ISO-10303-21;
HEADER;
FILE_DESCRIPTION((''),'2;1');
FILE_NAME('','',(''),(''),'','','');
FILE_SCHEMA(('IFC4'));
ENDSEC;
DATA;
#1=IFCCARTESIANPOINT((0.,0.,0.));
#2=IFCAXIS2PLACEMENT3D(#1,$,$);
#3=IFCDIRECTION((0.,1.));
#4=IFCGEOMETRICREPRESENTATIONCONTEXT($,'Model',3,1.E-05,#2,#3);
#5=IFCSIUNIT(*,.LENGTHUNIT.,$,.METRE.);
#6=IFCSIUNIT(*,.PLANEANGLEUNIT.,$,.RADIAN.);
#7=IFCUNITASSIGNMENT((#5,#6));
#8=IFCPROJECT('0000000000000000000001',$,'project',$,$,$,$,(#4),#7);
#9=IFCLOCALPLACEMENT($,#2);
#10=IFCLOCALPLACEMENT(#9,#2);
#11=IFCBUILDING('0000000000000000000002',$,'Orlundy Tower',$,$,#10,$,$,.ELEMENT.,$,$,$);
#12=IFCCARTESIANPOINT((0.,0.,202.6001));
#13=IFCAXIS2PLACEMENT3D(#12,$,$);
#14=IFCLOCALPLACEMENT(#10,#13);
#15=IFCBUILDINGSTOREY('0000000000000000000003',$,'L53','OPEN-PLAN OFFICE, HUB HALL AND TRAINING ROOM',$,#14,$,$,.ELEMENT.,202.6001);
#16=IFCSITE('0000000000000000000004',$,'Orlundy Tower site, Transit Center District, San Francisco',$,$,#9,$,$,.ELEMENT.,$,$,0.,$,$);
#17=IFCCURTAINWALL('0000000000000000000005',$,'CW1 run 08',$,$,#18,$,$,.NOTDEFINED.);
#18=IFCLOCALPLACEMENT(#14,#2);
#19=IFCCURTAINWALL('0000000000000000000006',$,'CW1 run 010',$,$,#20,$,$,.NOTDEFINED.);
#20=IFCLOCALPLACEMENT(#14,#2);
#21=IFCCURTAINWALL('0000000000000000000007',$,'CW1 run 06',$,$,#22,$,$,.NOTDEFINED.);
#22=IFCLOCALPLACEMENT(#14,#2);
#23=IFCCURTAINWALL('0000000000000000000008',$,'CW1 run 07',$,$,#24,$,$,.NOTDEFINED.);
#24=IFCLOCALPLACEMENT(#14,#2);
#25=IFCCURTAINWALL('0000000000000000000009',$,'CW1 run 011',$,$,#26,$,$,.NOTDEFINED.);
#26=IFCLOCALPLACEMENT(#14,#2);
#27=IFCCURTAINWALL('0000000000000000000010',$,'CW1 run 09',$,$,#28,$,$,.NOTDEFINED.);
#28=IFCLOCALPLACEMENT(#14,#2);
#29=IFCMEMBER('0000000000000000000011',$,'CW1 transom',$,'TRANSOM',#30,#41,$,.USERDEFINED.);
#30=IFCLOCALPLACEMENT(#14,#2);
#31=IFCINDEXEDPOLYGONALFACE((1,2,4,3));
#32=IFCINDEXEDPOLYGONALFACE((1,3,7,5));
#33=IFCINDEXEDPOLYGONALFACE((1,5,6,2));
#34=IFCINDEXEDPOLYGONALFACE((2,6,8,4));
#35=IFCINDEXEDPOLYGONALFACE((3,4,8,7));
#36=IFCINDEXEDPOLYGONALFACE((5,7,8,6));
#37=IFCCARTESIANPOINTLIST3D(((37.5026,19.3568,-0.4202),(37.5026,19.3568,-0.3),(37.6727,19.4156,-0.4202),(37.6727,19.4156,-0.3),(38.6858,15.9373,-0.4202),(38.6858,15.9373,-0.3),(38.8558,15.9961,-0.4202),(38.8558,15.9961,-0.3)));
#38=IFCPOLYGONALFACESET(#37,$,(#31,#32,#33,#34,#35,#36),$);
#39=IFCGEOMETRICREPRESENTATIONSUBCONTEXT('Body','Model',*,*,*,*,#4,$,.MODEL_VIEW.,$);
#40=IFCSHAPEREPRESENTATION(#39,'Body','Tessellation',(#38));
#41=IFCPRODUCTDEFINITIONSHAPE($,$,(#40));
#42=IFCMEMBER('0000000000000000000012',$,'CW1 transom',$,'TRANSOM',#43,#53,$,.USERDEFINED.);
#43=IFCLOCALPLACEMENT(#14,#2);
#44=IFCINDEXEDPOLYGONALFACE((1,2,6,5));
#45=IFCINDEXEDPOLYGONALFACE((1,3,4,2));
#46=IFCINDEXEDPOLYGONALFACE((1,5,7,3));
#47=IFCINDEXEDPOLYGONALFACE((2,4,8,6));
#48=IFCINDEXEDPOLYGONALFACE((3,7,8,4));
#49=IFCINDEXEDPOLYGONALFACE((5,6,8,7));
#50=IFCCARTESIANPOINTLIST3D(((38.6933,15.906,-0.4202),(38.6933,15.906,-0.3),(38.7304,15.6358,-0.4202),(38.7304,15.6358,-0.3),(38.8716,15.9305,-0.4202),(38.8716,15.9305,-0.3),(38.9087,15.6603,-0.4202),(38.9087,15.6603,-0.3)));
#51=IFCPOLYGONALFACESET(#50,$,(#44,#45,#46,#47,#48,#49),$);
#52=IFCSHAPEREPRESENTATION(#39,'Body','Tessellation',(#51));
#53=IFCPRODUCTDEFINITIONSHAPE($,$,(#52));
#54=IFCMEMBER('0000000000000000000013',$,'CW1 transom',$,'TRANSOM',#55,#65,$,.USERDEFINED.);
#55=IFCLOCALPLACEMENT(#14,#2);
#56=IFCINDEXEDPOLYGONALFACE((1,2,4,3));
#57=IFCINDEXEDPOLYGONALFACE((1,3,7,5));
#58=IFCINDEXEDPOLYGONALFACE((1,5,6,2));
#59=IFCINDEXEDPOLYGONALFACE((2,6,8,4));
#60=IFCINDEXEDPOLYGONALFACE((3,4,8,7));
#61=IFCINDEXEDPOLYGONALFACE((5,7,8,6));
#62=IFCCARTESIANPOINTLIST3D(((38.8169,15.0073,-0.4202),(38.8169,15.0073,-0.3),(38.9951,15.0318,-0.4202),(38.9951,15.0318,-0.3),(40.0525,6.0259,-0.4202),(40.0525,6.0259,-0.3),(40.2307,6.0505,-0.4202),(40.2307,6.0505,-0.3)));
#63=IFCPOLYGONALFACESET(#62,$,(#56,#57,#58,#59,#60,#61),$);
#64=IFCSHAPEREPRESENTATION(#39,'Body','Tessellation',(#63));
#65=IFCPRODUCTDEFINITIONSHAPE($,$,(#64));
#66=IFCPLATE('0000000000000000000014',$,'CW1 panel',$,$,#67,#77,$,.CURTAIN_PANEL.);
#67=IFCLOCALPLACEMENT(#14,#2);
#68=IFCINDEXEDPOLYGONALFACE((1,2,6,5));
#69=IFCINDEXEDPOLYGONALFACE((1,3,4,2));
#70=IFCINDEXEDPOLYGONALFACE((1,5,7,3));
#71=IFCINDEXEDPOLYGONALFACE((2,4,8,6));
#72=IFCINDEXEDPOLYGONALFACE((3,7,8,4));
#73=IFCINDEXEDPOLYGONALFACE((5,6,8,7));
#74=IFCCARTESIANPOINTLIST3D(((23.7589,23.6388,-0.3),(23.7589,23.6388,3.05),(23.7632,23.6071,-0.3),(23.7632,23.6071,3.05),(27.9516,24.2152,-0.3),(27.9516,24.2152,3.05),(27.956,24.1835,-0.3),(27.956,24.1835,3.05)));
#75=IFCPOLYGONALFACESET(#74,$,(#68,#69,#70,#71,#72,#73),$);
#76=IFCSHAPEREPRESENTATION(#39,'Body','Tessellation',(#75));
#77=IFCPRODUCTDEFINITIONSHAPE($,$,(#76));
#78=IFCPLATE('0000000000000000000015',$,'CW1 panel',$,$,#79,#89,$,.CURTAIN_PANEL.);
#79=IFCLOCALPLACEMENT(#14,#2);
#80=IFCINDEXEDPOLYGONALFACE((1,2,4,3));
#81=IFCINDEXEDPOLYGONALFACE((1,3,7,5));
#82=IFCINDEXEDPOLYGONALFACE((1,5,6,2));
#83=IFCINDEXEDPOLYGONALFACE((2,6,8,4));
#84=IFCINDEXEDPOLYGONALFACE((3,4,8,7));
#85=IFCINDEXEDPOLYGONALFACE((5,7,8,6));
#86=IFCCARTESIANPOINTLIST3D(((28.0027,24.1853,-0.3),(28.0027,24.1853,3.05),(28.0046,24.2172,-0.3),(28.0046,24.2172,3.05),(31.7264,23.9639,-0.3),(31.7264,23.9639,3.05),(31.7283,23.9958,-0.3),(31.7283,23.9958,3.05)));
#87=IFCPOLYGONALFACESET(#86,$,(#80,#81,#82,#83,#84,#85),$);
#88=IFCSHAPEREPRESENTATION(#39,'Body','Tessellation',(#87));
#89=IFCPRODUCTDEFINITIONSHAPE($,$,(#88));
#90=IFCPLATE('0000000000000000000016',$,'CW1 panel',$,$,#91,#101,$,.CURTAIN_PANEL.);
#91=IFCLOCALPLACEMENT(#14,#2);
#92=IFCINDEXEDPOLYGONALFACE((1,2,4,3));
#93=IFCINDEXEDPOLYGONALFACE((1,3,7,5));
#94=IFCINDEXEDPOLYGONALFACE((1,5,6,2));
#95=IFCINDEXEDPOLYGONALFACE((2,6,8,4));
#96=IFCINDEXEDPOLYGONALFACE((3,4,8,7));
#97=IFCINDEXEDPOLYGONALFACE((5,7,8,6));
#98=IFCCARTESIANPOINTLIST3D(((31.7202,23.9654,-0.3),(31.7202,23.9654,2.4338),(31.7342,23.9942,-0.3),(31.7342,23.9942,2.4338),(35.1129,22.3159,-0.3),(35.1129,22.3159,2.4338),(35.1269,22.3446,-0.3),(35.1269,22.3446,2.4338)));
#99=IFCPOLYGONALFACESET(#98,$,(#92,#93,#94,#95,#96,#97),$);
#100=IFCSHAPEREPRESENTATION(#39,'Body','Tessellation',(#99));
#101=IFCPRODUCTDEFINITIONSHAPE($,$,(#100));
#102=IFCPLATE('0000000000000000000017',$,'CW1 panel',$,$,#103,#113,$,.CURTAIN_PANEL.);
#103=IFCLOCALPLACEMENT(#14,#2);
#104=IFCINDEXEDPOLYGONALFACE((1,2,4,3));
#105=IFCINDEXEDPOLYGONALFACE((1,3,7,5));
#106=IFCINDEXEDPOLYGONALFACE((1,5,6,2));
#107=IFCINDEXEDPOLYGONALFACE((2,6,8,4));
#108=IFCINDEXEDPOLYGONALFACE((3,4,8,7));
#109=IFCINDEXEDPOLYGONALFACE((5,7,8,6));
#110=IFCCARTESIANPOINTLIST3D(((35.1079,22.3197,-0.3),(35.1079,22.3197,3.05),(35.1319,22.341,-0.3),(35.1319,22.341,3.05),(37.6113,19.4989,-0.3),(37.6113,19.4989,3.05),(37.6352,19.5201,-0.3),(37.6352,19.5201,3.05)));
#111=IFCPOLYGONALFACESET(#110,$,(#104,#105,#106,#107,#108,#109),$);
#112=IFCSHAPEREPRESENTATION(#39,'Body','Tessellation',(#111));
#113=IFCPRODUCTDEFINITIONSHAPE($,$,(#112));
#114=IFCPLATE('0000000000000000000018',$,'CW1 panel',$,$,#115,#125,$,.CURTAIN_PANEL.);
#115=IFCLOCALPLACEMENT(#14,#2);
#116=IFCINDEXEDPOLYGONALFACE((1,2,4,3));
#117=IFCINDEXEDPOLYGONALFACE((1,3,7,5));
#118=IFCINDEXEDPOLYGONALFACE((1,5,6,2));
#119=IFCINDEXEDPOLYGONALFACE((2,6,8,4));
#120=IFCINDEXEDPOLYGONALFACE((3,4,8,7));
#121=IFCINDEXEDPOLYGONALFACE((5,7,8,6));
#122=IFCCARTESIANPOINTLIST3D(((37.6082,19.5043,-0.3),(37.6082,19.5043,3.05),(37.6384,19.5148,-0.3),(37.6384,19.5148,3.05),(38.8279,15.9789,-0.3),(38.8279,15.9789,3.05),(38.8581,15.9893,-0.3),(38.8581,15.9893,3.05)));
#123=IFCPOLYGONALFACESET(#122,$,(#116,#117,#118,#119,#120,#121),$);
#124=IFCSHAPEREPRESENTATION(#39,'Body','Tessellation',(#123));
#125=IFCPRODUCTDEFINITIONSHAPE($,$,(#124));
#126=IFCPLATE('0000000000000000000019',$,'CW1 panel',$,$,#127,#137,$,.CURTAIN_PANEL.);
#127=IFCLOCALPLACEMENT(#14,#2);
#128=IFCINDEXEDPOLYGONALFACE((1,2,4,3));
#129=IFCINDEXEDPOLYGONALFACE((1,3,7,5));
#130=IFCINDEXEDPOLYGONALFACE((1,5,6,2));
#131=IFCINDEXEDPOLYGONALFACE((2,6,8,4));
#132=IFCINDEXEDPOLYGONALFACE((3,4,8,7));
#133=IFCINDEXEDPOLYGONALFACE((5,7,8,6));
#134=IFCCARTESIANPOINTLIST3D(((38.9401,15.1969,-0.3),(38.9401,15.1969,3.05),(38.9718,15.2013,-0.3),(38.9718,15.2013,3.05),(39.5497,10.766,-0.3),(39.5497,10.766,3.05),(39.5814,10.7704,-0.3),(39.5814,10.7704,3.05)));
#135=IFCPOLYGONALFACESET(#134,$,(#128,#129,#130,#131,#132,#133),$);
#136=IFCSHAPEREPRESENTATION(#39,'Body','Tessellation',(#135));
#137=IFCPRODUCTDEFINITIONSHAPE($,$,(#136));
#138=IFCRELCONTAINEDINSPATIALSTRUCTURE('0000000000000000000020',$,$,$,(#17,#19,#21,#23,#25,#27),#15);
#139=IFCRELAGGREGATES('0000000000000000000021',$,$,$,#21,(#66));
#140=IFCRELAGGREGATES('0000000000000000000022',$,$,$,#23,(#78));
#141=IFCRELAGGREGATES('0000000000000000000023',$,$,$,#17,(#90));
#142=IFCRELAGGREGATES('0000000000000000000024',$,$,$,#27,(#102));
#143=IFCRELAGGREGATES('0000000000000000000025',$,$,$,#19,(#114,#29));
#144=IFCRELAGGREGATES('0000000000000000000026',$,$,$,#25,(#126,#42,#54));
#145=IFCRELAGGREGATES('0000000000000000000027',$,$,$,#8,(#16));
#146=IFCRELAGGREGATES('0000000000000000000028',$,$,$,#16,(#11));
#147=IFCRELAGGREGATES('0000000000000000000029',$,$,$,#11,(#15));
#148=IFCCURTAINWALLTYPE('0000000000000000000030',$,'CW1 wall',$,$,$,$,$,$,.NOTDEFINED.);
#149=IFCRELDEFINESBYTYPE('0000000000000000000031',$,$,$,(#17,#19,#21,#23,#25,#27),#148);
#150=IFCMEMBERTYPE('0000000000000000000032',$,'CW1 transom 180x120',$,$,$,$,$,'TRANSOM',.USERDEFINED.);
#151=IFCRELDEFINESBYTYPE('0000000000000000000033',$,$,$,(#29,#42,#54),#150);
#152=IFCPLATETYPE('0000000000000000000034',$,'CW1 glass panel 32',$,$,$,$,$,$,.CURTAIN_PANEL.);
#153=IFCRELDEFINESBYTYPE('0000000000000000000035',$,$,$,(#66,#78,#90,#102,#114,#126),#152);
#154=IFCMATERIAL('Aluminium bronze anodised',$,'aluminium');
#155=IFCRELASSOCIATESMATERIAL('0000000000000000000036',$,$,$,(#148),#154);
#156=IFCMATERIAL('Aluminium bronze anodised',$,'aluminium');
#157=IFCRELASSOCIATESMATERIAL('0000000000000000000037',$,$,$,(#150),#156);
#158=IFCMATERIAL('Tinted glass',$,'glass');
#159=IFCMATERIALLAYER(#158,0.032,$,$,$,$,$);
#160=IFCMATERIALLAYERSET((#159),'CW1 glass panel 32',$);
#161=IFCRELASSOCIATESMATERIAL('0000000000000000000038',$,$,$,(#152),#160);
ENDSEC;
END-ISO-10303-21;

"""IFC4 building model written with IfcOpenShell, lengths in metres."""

from ifc_helpers import new_model, si_unit, direction, frame, origin, origin_2d, place, context, subcontext, project, spatial, rectangle, extrude, material, layer, layer_set, material_profile, profile_set, type_object, element, aggregate, save


model = new_model("IFC4")

# Units and contexts
model_context = context("Model", 3, precision=1e-05, world=origin(), true_north=direction((0.0, 1.0)))
body_context = subcontext(model_context, "Body", "Model", "MODEL_VIEW")
ifc_project = project(units=[si_unit("LENGTHUNIT", "METRE"), si_unit("PLANEANGLEUNIT", "RADIAN")], contexts=[model_context])

# Site, building, storey
site_placement = place(None, origin())
site = spatial("IfcSite", under=ifc_project, at=site_placement, Name="Orlundy Tower site, Transit Center District, San Francisco", CompositionType="ELEMENT", RefElevation=0.0)
building_placement = place(site_placement, origin())
building = spatial("IfcBuilding", under=site, at=building_placement, Name="Orlundy Tower", CompositionType="ELEMENT")
storey_placement = place(building_placement, frame((0.0, 0.0, 202.6001)))
storey = spatial("IfcBuildingStorey", under=building, at=storey_placement, Name="L53", Description="OPEN-PLAN OFFICE, HUB HALL AND TRAINING ROOM", CompositionType="ELEMENT", Elevation=202.6001)

# Curtain walls
ifc_material_1 = material(Name="Aluminium bronze anodised", Category="aluminium")
curtain_wall_type = type_object("IfcCurtainWallType", Name="CW1 wall", PredefinedType="NOTDEFINED", material=ifc_material_1)
curtain_wall_1_placement = place(storey_placement, origin())
curtain_wall_1 = element("IfcCurtainWall", 1, at=curtain_wall_1_placement, inside=storey, type_object=curtain_wall_type, Name="CW1 run 08", PredefinedType="NOTDEFINED")
curtain_wall_2_placement = place(storey_placement, origin())
curtain_wall_2 = element("IfcCurtainWall", 2, at=curtain_wall_2_placement, inside=storey, type_object=curtain_wall_type, Name="CW1 run 010", PredefinedType="NOTDEFINED")
curtain_wall_3_placement = place(storey_placement, origin())
curtain_wall_3 = element("IfcCurtainWall", 3, at=curtain_wall_3_placement, inside=storey, type_object=curtain_wall_type, Name="CW1 run 06", PredefinedType="NOTDEFINED")
curtain_wall_4_placement = place(storey_placement, origin())
curtain_wall_4 = element("IfcCurtainWall", 4, at=curtain_wall_4_placement, inside=storey, type_object=curtain_wall_type, Name="CW1 run 07", PredefinedType="NOTDEFINED")

# Curtain wall
curtain_wall_5_placement = place(storey_placement, origin())
curtain_wall_5 = element("IfcCurtainWall", 5, at=curtain_wall_5_placement, inside=storey, type_object=curtain_wall_type, Name="CW1 run 011", PredefinedType="NOTDEFINED")

# Shared definitions
ifc_material_2 = material(Name="Aluminium bronze anodised", Category="aluminium")
ifc_material_profile_1 = material_profile(ifc_material_2, rectangle(XDim=0.1799, YDim=0.1201, at=origin_2d()), Name="CW1 transom 180x120")
ifc_profile_set_1 = profile_set([ifc_material_profile_1], Name="Aluminium bronze anodised")
member_type_1 = type_object("IfcMemberType", Name="CW1 transom 180x120", ElementType="TRANSOM", PredefinedType="USERDEFINED", material=ifc_profile_set_1)

# Curtain wall
curtain_wall_6_placement = place(storey_placement, origin())
curtain_wall_6 = element("IfcCurtainWall", 6, at=curtain_wall_6_placement, inside=storey, type_object=curtain_wall_type, Name="CW1 run 09", PredefinedType="NOTDEFINED")

# Members
member_1_placement = place(storey_placement, frame((37.5876, 19.3862, -0.3601), z_axis=(0.326976, -0.945033, 0.0), x_axis=(0.945033, 0.326976, 0.0)))
member_1 = element("IfcMember", 7, at=member_1_placement, type_object=member_type_1, Name="CW1 transom", ObjectType="TRANSOM", PredefinedType="USERDEFINED", context=body_context, shape_type="SweptSolid", body=[
    extrude(rectangle(XDim=0.1799, YDim=0.1201, at=origin_2d()), origin(), (0.0, 0.0, 1.0), 3.6184),
])
member_2_placement = place(storey_placement, frame((38.7825, 15.9182, -0.3601), z_axis=(0.136032, -0.990704, 0.0), x_axis=(0.990704, 0.136032, 0.0)))
member_2 = element("IfcMember", 8, at=member_2_placement, type_object=member_type_1, Name="CW1 transom", ObjectType="TRANSOM", PredefinedType="USERDEFINED", context=body_context, shape_type="SweptSolid", body=[
    extrude(rectangle(XDim=0.1799, YDim=0.1201, at=origin_2d()), origin(), (0.0, 0.0, 1.0), 0.2727),
])
member_3_placement = place(storey_placement, frame((38.906, 15.0195, -0.3601), z_axis=(0.136288, -0.990669, 0.0), x_axis=(0.990669, 0.136288, 0.0)))
member_3 = element("IfcMember", 9, at=member_3_placement, type_object=member_type_1, Name="CW1 transom", ObjectType="TRANSOM", PredefinedType="USERDEFINED", context=body_context, shape_type="SweptSolid", body=[
    extrude(rectangle(XDim=0.1799, YDim=0.1201, at=origin_2d()), origin(), (0.0, 0.0, 1.0), 9.0659),
])

# Plates
ifc_material_3 = material(Name="Tinted glass", Category="glass")
ifc_layer_1 = layer(ifc_material_3, 0.032)
ifc_layer_set_1 = layer_set([ifc_layer_1], Name="CW1 glass panel 32")
plate_type = type_object("IfcPlateType", Name="CW1 glass panel 32", PredefinedType="CURTAIN_PANEL", material=ifc_layer_set_1)
plate_1_placement = place(storey_placement, frame((25.8574, 23.9111, -0.3), z_axis=(0.0, 0.0, 1.0), x_axis=(0.990683, 0.136185, 0.0)))
plate_1 = element("IfcPlate", 10, at=plate_1_placement, type_object=plate_type, Name="CW1 panel", PredefinedType="CURTAIN_PANEL", context=body_context, shape_type="SweptSolid", body=[
    extrude(rectangle(XDim=4.2322, YDim=0.032, at=origin_2d()), origin(), (0.0, 0.0, 1.0), 3.3501),
])
aggregate(curtain_wall_3, [plate_1])
plate_2_placement = place(storey_placement, frame((29.8655, 24.0906, -0.3), z_axis=(0.0, 0.0, 1.0), x_axis=(0.998237, -0.059355, 0.0)))
plate_2 = element("IfcPlate", 11, at=plate_2_placement, type_object=plate_type, Name="CW1 panel", PredefinedType="CURTAIN_PANEL", context=body_context, shape_type="SweptSolid", body=[
    extrude(rectangle(XDim=3.7302, YDim=0.032, at=origin_2d()), origin(), (0.0, 0.0, 1.0), 3.3501),
])
aggregate(curtain_wall_4, [plate_2])
plate_3_placement = place(storey_placement, frame((33.4236, 23.155, -0.3), z_axis=(0.0, 0.0, 1.0), x_axis=(0.899335, -0.437259, 0.0)))
plate_3 = element("IfcPlate", 12, at=plate_3_placement, type_object=plate_type, Name="CW1 panel", PredefinedType="CURTAIN_PANEL", context=body_context, shape_type="SweptSolid", body=[
    extrude(rectangle(XDim=3.7725, YDim=0.032, at=origin_2d()), origin(), (0.0, 0.0, 1.0), 2.7339),
])
aggregate(curtain_wall_1, [plate_3])
plate_4_placement = place(storey_placement, frame((36.3716, 20.9199, -0.3), z_axis=(0.0, 0.0, 1.0), x_axis=(0.663761, -0.747945, 0.0)))
plate_4 = element("IfcPlate", 13, at=plate_4_placement, type_object=plate_type, Name="CW1 panel", PredefinedType="CURTAIN_PANEL", context=body_context, shape_type="SweptSolid", body=[
    extrude(rectangle(XDim=3.7715, YDim=0.032, at=origin_2d()), origin(), (0.0, 0.0, 1.0), 3.3501),
])
aggregate(curtain_wall_6, [plate_4])
plate_5_placement = place(storey_placement, frame((38.2332, 17.7468, -0.3), z_axis=(0.0, 0.0, 1.0), x_axis=(0.326972, -0.945034, 0.0)))
plate_5 = element("IfcPlate", 14, at=plate_5_placement, type_object=plate_type, Name="CW1 panel", PredefinedType="CURTAIN_PANEL", context=body_context, shape_type="SweptSolid", body=[
    extrude(rectangle(XDim=3.7305, YDim=0.032, at=origin_2d()), origin(), (0.0, 0.0, 1.0), 3.3501),
])
aggregate(curtain_wall_2, [plate_5, member_1])
plate_6_placement = place(storey_placement, frame((39.2607, 12.9836, -0.3), z_axis=(0.0, 0.0, 1.0), x_axis=(0.136286, -0.99067, 0.0)))
plate_6 = element("IfcPlate", 15, at=plate_6_placement, type_object=plate_type, Name="CW1 panel", PredefinedType="CURTAIN_PANEL", context=body_context, shape_type="SweptSolid", body=[
    extrude(rectangle(XDim=4.4727, YDim=0.032, at=origin_2d()), origin(), (0.0, 0.0, 1.0), 3.3501),
])
aggregate(curtain_wall_5, [plate_6, member_2, member_3])

save(model, "model.ifc")
